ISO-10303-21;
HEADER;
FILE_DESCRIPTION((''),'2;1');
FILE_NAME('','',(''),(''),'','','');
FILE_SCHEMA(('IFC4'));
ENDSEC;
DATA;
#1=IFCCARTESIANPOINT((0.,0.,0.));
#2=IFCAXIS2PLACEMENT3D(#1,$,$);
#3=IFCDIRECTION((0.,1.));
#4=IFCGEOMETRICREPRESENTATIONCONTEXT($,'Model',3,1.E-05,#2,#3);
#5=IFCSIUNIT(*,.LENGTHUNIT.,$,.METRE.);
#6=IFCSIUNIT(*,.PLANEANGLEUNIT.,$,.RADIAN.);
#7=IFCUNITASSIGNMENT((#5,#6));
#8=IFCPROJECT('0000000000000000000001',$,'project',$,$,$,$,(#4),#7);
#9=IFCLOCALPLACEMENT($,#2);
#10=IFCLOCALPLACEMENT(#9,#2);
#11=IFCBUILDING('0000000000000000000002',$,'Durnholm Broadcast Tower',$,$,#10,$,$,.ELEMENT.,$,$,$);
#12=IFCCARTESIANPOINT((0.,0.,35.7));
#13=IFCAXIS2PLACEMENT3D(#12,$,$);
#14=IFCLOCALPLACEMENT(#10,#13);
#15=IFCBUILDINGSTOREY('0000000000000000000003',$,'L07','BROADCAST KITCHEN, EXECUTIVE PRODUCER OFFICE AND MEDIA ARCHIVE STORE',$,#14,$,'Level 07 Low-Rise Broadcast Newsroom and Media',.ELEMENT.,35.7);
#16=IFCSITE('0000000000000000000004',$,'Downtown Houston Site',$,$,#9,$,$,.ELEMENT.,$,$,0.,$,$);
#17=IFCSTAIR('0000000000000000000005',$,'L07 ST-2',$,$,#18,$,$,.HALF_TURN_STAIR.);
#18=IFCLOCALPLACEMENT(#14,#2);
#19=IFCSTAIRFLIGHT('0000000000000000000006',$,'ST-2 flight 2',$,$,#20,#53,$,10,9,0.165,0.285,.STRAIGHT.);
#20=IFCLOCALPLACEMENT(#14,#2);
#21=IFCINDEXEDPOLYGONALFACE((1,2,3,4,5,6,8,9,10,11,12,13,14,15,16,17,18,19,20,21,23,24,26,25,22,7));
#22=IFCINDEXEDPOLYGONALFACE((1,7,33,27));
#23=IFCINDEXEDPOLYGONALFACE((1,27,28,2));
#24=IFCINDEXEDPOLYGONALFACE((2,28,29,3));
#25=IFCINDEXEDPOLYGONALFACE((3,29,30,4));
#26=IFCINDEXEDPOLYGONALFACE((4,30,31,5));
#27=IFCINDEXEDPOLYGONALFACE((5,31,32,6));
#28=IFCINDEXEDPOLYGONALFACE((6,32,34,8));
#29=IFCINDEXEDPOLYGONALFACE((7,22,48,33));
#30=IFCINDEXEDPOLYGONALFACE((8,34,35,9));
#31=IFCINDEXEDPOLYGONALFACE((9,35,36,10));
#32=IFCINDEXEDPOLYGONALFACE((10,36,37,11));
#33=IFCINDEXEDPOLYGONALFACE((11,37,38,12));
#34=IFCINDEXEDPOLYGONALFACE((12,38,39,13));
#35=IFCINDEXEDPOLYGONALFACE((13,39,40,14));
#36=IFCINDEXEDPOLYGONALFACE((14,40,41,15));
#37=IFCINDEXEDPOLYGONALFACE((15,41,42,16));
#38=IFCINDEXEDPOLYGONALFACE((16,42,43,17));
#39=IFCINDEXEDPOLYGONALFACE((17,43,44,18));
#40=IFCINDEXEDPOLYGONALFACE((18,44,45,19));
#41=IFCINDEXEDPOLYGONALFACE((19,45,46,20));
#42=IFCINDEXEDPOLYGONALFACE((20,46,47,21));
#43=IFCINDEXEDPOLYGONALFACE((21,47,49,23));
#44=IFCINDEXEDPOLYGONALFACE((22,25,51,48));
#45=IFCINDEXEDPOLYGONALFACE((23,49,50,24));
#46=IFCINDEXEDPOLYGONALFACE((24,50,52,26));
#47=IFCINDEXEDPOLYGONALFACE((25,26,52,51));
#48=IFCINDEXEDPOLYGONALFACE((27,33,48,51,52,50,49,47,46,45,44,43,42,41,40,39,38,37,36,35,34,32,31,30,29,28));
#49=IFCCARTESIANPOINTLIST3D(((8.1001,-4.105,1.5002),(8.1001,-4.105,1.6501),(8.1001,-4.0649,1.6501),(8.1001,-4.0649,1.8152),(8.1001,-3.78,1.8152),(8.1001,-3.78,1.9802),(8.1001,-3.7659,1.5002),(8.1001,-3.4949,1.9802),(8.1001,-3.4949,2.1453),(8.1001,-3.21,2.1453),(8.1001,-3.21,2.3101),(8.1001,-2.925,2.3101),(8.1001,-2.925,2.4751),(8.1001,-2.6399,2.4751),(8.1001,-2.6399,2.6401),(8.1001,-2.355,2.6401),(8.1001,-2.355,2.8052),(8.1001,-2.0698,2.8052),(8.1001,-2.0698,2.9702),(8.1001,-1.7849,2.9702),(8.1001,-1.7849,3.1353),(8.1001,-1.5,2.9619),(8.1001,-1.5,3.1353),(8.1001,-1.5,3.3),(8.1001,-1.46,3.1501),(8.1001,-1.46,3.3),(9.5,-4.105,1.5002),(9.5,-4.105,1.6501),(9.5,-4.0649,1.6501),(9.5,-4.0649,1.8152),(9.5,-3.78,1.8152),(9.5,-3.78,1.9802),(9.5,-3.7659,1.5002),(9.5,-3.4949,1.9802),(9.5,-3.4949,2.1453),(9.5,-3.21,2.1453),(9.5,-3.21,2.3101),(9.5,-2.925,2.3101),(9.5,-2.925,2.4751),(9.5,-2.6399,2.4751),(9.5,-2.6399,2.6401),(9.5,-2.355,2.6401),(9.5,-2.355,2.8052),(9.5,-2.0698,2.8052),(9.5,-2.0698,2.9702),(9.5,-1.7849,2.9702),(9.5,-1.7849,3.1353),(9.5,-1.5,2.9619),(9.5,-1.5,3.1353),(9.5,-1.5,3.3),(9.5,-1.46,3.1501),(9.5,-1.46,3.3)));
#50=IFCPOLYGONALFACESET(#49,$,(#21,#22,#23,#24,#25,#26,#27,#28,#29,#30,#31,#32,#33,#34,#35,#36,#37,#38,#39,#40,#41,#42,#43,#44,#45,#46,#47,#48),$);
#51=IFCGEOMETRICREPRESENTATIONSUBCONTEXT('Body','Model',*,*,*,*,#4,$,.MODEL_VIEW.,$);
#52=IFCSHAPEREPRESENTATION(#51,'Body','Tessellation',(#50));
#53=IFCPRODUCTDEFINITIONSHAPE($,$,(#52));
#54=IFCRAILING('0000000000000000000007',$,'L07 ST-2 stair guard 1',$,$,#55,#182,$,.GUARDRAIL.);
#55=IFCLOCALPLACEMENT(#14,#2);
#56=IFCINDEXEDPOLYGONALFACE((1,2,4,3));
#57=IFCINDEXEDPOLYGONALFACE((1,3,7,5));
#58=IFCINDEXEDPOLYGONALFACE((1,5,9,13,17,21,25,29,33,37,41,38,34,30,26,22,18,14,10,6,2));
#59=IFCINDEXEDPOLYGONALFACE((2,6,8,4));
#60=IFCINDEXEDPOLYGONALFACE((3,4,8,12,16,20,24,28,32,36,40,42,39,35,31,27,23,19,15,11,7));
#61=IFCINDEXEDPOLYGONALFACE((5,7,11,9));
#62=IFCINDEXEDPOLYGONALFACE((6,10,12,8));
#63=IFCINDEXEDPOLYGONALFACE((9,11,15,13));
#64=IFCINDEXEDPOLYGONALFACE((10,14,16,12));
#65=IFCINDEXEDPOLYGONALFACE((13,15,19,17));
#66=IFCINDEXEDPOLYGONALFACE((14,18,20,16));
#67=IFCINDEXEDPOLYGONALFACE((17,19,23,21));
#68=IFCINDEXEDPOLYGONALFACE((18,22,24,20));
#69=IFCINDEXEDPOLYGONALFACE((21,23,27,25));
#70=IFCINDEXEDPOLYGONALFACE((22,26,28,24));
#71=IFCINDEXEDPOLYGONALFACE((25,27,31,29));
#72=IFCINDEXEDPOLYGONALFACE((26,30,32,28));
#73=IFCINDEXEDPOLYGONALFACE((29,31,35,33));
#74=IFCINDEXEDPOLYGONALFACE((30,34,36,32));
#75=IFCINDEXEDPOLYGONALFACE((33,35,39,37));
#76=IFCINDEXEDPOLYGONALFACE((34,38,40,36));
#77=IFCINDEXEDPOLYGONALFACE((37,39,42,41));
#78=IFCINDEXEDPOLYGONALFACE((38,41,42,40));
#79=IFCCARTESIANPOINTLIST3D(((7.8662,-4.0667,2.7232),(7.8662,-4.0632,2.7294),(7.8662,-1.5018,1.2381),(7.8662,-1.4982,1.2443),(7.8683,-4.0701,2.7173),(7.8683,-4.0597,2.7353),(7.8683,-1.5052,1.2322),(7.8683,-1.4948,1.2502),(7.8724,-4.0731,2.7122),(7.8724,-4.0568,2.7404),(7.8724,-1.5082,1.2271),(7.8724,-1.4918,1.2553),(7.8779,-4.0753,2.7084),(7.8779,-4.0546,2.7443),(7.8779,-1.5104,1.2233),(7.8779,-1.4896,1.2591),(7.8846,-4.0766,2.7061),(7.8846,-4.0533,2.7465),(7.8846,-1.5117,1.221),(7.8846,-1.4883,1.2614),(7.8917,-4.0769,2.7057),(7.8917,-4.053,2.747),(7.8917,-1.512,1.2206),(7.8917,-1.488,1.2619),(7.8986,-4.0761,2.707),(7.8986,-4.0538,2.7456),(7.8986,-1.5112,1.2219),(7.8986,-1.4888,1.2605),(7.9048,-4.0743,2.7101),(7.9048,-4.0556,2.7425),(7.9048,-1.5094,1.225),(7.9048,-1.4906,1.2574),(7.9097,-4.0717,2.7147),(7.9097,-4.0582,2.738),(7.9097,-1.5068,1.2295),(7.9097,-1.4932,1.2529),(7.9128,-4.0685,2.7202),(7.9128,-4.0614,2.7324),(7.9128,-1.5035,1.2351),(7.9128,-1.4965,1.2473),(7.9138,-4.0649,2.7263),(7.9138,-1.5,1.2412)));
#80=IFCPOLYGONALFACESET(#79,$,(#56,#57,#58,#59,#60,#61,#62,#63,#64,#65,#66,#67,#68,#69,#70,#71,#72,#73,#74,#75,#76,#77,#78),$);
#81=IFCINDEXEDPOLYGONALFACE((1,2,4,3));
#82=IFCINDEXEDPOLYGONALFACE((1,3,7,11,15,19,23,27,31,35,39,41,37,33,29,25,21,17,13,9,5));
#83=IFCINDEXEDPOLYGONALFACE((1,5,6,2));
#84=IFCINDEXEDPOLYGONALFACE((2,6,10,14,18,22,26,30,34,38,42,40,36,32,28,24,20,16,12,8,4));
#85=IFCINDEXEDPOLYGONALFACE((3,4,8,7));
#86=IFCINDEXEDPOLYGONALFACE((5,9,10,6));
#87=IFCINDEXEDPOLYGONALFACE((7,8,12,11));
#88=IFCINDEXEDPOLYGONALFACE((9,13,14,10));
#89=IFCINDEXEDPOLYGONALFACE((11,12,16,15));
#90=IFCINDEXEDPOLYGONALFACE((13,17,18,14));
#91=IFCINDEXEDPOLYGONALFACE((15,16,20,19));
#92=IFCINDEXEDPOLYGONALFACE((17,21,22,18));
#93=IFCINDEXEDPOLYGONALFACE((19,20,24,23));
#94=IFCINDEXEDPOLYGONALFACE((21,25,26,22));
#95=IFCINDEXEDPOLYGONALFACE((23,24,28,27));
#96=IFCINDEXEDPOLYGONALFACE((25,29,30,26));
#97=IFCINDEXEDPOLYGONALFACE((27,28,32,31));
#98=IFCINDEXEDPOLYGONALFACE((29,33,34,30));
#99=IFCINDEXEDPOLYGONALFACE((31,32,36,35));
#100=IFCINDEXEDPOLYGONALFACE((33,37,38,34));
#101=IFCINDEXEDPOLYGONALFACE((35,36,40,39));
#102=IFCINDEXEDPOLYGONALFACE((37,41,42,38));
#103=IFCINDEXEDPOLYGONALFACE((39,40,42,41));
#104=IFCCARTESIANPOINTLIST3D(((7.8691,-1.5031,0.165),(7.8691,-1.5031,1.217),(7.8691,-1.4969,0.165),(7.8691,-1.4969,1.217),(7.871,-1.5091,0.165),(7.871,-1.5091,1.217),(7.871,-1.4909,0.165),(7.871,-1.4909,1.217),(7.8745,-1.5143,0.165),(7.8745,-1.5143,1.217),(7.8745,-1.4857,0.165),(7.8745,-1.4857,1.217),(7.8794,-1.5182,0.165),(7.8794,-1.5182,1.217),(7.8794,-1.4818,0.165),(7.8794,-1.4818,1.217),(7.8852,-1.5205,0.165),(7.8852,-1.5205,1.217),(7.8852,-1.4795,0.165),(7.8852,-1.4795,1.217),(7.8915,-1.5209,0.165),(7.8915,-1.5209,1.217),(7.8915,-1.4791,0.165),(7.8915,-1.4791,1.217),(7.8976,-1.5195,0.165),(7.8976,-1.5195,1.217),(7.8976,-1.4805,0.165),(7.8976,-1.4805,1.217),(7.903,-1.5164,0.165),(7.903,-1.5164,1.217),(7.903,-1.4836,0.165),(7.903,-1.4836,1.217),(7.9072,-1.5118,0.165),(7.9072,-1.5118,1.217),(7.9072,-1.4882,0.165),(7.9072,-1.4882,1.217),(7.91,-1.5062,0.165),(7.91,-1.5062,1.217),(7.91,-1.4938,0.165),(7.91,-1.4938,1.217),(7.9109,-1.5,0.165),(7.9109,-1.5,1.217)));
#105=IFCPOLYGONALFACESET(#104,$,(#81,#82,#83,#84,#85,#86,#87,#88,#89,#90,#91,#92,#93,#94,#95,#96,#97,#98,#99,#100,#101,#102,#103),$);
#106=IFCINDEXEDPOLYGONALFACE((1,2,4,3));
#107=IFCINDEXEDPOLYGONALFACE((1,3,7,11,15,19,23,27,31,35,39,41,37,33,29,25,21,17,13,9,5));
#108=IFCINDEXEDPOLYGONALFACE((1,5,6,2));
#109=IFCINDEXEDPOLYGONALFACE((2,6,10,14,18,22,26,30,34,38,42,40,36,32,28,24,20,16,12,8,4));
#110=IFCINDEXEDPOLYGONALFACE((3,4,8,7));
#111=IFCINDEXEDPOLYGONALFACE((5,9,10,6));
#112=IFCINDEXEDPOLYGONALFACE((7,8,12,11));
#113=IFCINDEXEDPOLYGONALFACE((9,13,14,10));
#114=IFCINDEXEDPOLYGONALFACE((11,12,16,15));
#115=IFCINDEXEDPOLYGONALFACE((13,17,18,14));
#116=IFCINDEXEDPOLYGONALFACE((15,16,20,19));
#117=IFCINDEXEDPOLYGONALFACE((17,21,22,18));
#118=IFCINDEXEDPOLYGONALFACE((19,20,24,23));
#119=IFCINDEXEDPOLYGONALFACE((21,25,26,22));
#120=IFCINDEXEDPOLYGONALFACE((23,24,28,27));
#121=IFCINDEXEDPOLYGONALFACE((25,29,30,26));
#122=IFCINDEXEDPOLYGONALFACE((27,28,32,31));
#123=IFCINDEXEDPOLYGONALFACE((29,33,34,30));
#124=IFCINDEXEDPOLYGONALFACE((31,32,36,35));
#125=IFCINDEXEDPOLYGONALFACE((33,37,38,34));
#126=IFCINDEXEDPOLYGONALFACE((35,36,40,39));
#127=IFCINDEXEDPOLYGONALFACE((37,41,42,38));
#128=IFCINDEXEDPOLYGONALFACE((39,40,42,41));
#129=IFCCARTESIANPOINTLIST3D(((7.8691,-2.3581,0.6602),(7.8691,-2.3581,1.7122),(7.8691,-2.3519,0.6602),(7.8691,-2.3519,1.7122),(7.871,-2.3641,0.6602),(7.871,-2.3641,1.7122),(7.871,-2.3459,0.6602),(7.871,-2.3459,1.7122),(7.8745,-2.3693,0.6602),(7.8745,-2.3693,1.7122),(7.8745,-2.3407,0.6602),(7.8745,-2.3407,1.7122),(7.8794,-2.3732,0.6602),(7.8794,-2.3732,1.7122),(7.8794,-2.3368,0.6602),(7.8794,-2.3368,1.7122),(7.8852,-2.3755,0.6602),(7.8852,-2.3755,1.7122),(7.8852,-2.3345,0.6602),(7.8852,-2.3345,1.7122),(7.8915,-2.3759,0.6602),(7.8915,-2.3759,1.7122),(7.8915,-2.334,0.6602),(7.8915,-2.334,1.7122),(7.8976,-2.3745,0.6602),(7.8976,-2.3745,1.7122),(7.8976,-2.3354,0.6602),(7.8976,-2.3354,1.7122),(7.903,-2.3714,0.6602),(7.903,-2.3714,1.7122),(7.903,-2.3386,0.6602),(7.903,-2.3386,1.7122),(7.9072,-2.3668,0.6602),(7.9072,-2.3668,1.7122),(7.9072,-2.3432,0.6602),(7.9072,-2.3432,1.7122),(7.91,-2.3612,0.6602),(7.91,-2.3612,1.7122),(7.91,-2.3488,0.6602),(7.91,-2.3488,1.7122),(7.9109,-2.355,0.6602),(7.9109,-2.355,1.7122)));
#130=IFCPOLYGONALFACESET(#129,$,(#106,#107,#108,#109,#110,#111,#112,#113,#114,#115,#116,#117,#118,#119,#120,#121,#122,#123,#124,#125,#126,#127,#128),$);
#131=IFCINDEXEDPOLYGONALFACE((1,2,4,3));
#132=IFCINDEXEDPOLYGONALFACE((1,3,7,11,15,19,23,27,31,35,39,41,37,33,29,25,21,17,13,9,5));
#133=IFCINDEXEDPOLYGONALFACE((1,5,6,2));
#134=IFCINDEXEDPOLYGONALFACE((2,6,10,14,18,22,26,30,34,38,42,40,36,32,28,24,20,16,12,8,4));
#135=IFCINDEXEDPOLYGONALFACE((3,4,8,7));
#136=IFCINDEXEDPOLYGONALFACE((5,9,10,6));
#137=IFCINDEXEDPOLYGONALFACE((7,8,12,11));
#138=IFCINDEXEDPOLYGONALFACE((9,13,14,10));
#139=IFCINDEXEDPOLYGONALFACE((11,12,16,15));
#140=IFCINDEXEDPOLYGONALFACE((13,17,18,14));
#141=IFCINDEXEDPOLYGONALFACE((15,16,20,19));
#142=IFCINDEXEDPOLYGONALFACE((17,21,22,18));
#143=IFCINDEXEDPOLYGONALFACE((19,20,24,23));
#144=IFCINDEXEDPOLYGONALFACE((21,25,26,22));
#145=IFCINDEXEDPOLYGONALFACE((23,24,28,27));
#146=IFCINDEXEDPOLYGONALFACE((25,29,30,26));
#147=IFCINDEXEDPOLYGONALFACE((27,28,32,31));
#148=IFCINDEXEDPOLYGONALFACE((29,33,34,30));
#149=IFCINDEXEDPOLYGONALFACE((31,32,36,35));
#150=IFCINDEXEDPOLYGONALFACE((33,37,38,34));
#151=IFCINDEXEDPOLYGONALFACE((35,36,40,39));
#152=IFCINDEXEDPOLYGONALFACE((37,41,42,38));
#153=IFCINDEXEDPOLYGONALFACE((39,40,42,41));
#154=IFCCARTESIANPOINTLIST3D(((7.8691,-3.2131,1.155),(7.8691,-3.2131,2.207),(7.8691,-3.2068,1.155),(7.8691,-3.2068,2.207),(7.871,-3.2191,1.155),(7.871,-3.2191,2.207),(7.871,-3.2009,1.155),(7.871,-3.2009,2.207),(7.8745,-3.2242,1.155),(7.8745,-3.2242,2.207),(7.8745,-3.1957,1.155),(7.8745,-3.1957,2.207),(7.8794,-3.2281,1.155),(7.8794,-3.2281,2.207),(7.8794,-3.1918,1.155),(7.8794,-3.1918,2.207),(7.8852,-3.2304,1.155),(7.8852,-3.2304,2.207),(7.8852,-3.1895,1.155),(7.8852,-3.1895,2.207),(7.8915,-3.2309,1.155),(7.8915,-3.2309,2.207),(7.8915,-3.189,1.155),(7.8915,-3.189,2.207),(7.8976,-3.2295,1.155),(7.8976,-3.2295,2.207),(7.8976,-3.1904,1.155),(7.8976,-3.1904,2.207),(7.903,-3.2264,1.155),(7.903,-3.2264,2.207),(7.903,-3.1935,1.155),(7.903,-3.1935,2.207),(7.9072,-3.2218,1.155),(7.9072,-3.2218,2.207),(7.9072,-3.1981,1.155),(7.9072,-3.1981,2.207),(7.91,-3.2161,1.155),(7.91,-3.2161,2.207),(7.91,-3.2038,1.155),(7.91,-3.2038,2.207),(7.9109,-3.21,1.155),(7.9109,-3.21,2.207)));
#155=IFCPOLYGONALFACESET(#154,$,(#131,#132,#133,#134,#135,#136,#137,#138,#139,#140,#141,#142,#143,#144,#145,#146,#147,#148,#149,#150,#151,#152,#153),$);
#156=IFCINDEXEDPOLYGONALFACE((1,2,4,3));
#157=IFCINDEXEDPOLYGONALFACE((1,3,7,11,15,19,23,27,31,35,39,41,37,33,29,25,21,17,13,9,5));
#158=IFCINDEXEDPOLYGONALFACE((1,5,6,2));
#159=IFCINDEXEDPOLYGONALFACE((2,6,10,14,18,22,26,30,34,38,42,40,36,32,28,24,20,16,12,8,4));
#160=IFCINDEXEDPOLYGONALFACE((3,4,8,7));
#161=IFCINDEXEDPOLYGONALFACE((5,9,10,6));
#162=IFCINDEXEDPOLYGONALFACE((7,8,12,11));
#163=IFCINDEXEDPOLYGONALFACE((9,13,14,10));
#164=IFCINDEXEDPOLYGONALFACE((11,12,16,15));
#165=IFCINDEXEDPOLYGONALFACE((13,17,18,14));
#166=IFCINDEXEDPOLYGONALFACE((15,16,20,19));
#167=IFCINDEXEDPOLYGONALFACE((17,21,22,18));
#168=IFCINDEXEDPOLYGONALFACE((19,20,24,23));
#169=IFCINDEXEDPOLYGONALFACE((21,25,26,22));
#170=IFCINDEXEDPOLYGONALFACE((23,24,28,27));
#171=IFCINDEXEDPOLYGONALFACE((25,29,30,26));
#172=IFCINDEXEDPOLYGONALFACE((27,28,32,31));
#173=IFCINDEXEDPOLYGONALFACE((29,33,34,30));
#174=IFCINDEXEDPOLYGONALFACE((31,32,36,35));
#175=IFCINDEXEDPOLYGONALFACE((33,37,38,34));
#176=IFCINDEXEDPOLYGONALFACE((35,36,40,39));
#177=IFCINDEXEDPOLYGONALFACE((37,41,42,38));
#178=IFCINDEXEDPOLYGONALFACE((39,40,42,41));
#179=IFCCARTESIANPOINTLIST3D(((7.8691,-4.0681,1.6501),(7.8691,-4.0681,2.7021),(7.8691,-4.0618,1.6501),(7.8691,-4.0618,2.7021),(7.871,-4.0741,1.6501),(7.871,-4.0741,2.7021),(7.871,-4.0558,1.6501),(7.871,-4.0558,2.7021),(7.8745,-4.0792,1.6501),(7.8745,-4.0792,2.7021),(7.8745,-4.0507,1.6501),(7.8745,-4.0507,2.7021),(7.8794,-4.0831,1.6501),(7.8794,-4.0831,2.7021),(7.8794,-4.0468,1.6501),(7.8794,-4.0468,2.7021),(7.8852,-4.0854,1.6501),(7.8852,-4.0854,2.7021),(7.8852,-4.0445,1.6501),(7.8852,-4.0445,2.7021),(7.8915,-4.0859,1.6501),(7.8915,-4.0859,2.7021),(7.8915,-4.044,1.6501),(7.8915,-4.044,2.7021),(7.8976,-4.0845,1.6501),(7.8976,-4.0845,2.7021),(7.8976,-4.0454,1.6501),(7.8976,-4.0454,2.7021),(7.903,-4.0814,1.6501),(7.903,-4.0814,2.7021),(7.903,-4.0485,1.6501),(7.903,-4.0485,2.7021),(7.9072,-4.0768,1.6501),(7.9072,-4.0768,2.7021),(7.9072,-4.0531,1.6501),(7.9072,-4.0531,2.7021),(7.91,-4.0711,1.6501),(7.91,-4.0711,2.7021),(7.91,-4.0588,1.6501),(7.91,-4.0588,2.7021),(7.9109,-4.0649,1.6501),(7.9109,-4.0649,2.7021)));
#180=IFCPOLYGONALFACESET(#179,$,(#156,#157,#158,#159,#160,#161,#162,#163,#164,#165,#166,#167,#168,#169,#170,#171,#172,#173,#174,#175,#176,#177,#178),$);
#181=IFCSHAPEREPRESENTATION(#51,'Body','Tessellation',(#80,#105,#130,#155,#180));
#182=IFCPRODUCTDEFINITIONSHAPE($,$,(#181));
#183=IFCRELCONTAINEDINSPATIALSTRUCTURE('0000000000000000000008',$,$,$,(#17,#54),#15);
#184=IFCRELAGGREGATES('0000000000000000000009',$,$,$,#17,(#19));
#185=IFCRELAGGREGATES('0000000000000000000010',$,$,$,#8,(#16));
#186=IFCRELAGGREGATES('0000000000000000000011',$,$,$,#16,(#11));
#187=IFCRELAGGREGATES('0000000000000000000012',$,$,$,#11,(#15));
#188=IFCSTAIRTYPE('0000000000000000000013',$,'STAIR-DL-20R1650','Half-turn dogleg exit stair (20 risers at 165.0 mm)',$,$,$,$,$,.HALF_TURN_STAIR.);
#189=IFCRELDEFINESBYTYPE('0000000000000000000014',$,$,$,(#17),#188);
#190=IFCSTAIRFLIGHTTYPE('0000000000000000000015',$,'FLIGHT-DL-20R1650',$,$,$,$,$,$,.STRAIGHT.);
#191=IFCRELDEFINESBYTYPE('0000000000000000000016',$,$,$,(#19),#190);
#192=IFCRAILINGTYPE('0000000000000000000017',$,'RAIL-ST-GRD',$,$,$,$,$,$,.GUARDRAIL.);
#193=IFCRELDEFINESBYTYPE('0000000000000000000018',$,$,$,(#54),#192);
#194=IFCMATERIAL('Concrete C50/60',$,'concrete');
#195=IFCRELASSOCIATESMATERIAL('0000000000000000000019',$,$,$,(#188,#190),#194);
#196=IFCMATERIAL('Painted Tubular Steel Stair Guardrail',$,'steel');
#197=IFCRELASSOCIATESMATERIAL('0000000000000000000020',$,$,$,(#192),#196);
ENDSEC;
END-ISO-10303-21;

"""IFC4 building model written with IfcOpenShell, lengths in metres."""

from ifc_helpers import new_model, si_unit, direction, frame, origin, origin_2d, place, context, subcontext, project, spatial, polyline, circle, outline, extrude, material, type_object, element, aggregate, save


model = new_model("IFC4")

# Units and contexts
model_context = context("Model", 3, precision=1e-05, world=origin(), true_north=direction((0.0, 1.0)))
body_context = subcontext(model_context, "Body", "Model", "MODEL_VIEW")
ifc_project = project(units=[si_unit("LENGTHUNIT", "METRE"), si_unit("PLANEANGLEUNIT", "RADIAN")], contexts=[model_context])

# Site, building, storey
site_placement = place(None, origin())
site = spatial("IfcSite", under=ifc_project, at=site_placement, Name="Downtown Houston Site", CompositionType="ELEMENT", RefElevation=0.0)
building_placement = place(site_placement, origin())
building = spatial("IfcBuilding", under=site, at=building_placement, Name="Durnholm Broadcast Tower", CompositionType="ELEMENT")
storey_placement = place(building_placement, frame((0.0, 0.0, 35.7)))
storey = spatial("IfcBuildingStorey", under=building, at=storey_placement, Name="L07", Description="BROADCAST KITCHEN, EXECUTIVE PRODUCER OFFICE AND MEDIA ARCHIVE STORE", LongName="Level 07 Low-Rise Broadcast Newsroom and Media", CompositionType="ELEMENT", Elevation=35.7)

# Shared definitions
ifc_material_1 = material(Name="Concrete C50/60", Category="concrete")

# Stair, stair flight
stair_type = type_object("IfcStairType", Name="STAIR-DL-20R1650", Description="Half-turn dogleg exit stair (20 risers at 165.0 mm)", PredefinedType="HALF_TURN_STAIR", material=ifc_material_1)
stair_placement = place(storey_placement, origin())
stair = element("IfcStair", 1, at=stair_placement, inside=storey, type_object=stair_type, Name="L07 ST-2", PredefinedType="HALF_TURN_STAIR")
stair_flight_type = type_object("IfcStairFlightType", Name="FLIGHT-DL-20R1650", PredefinedType="STRAIGHT", material=ifc_material_1)
stair_flight_1_placement = place(storey_placement, frame((8.8, -4.0649, 1.6501), z_axis=(0.0, 0.0, 1.0), x_axis=(0.0, 1.0, 0.0)))
stair_flight_1 = element("IfcStairFlight", 2, at=stair_flight_1_placement, type_object=stair_flight_type, Name="ST-2 flight 2", NumberOfRisers=10, NumberOfTreads=9, PredefinedType="STRAIGHT", RiserHeight=0.165, TreadLength=0.285, context=body_context, shape_type="SweptSolid", body=[
    extrude(outline(polyline([(-0.04, -0.1499), (-0.04, 0.0), (0.0, 0.0), (0.0, 0.165), (0.2849, 0.165), (0.2849, 0.3301), (0.5701, 0.3301), (0.5701, 0.4951), (0.855, 0.4951), (0.855, 0.6599), (1.1399, 0.6599), (1.1399, 0.825), (1.425, 0.825), (1.425, 0.99), (1.71, 0.99), (1.71, 1.155), (1.9951, 1.155), (1.9951, 1.3201), (2.28, 1.3201), (2.28, 1.4851), (2.5649, 1.4851), (2.5649, 1.6499), (2.605, 1.6499), (2.605, 1.5), (2.5649, 1.3118), (0.2991, -0.1499), (-0.04, -0.1499)])), frame((0.0, 0.7, 0.0), z_axis=(0.0, -1.0, 0.0), x_axis=(1.0, 0.0, 0.0)), (0.0, 0.0, 1.0), 1.3999),
])
aggregate(stair, [stair_flight_1])

# Railing
ifc_material_2 = material(Name="Painted Tubular Steel Stair Guardrail", Category="steel")
railing_type_1 = type_object("IfcRailingType", Name="RAIL-ST-GRD", PredefinedType="GUARDRAIL", material=ifc_material_2)
railing_1_placement = place(storey_placement, frame((7.8899, -1.5, 0.165)))
element("IfcRailing", 3, at=railing_1_placement, inside=storey, type_object=railing_type_1, Name="L07 ST-2 stair guard 1", PredefinedType="GUARDRAIL", context=body_context, shape_type="SweptSolid", body=[
    extrude(circle(Radius=0.0239, at=origin_2d()), frame((0.0, 0.0, 1.0762), z_axis=(0.0, -0.865406, 0.501072), x_axis=(1.0, 0.0, 0.0)), (0.0, 0.0, 1.0), 2.9639),
    extrude(circle(Radius=0.021, at=origin_2d()), origin(), (0.0, 0.0, 1.0), 1.052),
    extrude(circle(Radius=0.021, at=origin_2d()), frame((0.0, -0.855, 0.4951)), (0.0, 0.0, 1.0), 1.052),
    extrude(circle(Radius=0.021, at=origin_2d()), frame((0.0, -1.71, 0.99)), (0.0, 0.0, 1.0), 1.052),
    extrude(circle(Radius=0.021, at=origin_2d()), frame((0.0, -2.5649, 1.4851)), (0.0, 0.0, 1.0), 1.052),
])

save(model, "model.ifc")
